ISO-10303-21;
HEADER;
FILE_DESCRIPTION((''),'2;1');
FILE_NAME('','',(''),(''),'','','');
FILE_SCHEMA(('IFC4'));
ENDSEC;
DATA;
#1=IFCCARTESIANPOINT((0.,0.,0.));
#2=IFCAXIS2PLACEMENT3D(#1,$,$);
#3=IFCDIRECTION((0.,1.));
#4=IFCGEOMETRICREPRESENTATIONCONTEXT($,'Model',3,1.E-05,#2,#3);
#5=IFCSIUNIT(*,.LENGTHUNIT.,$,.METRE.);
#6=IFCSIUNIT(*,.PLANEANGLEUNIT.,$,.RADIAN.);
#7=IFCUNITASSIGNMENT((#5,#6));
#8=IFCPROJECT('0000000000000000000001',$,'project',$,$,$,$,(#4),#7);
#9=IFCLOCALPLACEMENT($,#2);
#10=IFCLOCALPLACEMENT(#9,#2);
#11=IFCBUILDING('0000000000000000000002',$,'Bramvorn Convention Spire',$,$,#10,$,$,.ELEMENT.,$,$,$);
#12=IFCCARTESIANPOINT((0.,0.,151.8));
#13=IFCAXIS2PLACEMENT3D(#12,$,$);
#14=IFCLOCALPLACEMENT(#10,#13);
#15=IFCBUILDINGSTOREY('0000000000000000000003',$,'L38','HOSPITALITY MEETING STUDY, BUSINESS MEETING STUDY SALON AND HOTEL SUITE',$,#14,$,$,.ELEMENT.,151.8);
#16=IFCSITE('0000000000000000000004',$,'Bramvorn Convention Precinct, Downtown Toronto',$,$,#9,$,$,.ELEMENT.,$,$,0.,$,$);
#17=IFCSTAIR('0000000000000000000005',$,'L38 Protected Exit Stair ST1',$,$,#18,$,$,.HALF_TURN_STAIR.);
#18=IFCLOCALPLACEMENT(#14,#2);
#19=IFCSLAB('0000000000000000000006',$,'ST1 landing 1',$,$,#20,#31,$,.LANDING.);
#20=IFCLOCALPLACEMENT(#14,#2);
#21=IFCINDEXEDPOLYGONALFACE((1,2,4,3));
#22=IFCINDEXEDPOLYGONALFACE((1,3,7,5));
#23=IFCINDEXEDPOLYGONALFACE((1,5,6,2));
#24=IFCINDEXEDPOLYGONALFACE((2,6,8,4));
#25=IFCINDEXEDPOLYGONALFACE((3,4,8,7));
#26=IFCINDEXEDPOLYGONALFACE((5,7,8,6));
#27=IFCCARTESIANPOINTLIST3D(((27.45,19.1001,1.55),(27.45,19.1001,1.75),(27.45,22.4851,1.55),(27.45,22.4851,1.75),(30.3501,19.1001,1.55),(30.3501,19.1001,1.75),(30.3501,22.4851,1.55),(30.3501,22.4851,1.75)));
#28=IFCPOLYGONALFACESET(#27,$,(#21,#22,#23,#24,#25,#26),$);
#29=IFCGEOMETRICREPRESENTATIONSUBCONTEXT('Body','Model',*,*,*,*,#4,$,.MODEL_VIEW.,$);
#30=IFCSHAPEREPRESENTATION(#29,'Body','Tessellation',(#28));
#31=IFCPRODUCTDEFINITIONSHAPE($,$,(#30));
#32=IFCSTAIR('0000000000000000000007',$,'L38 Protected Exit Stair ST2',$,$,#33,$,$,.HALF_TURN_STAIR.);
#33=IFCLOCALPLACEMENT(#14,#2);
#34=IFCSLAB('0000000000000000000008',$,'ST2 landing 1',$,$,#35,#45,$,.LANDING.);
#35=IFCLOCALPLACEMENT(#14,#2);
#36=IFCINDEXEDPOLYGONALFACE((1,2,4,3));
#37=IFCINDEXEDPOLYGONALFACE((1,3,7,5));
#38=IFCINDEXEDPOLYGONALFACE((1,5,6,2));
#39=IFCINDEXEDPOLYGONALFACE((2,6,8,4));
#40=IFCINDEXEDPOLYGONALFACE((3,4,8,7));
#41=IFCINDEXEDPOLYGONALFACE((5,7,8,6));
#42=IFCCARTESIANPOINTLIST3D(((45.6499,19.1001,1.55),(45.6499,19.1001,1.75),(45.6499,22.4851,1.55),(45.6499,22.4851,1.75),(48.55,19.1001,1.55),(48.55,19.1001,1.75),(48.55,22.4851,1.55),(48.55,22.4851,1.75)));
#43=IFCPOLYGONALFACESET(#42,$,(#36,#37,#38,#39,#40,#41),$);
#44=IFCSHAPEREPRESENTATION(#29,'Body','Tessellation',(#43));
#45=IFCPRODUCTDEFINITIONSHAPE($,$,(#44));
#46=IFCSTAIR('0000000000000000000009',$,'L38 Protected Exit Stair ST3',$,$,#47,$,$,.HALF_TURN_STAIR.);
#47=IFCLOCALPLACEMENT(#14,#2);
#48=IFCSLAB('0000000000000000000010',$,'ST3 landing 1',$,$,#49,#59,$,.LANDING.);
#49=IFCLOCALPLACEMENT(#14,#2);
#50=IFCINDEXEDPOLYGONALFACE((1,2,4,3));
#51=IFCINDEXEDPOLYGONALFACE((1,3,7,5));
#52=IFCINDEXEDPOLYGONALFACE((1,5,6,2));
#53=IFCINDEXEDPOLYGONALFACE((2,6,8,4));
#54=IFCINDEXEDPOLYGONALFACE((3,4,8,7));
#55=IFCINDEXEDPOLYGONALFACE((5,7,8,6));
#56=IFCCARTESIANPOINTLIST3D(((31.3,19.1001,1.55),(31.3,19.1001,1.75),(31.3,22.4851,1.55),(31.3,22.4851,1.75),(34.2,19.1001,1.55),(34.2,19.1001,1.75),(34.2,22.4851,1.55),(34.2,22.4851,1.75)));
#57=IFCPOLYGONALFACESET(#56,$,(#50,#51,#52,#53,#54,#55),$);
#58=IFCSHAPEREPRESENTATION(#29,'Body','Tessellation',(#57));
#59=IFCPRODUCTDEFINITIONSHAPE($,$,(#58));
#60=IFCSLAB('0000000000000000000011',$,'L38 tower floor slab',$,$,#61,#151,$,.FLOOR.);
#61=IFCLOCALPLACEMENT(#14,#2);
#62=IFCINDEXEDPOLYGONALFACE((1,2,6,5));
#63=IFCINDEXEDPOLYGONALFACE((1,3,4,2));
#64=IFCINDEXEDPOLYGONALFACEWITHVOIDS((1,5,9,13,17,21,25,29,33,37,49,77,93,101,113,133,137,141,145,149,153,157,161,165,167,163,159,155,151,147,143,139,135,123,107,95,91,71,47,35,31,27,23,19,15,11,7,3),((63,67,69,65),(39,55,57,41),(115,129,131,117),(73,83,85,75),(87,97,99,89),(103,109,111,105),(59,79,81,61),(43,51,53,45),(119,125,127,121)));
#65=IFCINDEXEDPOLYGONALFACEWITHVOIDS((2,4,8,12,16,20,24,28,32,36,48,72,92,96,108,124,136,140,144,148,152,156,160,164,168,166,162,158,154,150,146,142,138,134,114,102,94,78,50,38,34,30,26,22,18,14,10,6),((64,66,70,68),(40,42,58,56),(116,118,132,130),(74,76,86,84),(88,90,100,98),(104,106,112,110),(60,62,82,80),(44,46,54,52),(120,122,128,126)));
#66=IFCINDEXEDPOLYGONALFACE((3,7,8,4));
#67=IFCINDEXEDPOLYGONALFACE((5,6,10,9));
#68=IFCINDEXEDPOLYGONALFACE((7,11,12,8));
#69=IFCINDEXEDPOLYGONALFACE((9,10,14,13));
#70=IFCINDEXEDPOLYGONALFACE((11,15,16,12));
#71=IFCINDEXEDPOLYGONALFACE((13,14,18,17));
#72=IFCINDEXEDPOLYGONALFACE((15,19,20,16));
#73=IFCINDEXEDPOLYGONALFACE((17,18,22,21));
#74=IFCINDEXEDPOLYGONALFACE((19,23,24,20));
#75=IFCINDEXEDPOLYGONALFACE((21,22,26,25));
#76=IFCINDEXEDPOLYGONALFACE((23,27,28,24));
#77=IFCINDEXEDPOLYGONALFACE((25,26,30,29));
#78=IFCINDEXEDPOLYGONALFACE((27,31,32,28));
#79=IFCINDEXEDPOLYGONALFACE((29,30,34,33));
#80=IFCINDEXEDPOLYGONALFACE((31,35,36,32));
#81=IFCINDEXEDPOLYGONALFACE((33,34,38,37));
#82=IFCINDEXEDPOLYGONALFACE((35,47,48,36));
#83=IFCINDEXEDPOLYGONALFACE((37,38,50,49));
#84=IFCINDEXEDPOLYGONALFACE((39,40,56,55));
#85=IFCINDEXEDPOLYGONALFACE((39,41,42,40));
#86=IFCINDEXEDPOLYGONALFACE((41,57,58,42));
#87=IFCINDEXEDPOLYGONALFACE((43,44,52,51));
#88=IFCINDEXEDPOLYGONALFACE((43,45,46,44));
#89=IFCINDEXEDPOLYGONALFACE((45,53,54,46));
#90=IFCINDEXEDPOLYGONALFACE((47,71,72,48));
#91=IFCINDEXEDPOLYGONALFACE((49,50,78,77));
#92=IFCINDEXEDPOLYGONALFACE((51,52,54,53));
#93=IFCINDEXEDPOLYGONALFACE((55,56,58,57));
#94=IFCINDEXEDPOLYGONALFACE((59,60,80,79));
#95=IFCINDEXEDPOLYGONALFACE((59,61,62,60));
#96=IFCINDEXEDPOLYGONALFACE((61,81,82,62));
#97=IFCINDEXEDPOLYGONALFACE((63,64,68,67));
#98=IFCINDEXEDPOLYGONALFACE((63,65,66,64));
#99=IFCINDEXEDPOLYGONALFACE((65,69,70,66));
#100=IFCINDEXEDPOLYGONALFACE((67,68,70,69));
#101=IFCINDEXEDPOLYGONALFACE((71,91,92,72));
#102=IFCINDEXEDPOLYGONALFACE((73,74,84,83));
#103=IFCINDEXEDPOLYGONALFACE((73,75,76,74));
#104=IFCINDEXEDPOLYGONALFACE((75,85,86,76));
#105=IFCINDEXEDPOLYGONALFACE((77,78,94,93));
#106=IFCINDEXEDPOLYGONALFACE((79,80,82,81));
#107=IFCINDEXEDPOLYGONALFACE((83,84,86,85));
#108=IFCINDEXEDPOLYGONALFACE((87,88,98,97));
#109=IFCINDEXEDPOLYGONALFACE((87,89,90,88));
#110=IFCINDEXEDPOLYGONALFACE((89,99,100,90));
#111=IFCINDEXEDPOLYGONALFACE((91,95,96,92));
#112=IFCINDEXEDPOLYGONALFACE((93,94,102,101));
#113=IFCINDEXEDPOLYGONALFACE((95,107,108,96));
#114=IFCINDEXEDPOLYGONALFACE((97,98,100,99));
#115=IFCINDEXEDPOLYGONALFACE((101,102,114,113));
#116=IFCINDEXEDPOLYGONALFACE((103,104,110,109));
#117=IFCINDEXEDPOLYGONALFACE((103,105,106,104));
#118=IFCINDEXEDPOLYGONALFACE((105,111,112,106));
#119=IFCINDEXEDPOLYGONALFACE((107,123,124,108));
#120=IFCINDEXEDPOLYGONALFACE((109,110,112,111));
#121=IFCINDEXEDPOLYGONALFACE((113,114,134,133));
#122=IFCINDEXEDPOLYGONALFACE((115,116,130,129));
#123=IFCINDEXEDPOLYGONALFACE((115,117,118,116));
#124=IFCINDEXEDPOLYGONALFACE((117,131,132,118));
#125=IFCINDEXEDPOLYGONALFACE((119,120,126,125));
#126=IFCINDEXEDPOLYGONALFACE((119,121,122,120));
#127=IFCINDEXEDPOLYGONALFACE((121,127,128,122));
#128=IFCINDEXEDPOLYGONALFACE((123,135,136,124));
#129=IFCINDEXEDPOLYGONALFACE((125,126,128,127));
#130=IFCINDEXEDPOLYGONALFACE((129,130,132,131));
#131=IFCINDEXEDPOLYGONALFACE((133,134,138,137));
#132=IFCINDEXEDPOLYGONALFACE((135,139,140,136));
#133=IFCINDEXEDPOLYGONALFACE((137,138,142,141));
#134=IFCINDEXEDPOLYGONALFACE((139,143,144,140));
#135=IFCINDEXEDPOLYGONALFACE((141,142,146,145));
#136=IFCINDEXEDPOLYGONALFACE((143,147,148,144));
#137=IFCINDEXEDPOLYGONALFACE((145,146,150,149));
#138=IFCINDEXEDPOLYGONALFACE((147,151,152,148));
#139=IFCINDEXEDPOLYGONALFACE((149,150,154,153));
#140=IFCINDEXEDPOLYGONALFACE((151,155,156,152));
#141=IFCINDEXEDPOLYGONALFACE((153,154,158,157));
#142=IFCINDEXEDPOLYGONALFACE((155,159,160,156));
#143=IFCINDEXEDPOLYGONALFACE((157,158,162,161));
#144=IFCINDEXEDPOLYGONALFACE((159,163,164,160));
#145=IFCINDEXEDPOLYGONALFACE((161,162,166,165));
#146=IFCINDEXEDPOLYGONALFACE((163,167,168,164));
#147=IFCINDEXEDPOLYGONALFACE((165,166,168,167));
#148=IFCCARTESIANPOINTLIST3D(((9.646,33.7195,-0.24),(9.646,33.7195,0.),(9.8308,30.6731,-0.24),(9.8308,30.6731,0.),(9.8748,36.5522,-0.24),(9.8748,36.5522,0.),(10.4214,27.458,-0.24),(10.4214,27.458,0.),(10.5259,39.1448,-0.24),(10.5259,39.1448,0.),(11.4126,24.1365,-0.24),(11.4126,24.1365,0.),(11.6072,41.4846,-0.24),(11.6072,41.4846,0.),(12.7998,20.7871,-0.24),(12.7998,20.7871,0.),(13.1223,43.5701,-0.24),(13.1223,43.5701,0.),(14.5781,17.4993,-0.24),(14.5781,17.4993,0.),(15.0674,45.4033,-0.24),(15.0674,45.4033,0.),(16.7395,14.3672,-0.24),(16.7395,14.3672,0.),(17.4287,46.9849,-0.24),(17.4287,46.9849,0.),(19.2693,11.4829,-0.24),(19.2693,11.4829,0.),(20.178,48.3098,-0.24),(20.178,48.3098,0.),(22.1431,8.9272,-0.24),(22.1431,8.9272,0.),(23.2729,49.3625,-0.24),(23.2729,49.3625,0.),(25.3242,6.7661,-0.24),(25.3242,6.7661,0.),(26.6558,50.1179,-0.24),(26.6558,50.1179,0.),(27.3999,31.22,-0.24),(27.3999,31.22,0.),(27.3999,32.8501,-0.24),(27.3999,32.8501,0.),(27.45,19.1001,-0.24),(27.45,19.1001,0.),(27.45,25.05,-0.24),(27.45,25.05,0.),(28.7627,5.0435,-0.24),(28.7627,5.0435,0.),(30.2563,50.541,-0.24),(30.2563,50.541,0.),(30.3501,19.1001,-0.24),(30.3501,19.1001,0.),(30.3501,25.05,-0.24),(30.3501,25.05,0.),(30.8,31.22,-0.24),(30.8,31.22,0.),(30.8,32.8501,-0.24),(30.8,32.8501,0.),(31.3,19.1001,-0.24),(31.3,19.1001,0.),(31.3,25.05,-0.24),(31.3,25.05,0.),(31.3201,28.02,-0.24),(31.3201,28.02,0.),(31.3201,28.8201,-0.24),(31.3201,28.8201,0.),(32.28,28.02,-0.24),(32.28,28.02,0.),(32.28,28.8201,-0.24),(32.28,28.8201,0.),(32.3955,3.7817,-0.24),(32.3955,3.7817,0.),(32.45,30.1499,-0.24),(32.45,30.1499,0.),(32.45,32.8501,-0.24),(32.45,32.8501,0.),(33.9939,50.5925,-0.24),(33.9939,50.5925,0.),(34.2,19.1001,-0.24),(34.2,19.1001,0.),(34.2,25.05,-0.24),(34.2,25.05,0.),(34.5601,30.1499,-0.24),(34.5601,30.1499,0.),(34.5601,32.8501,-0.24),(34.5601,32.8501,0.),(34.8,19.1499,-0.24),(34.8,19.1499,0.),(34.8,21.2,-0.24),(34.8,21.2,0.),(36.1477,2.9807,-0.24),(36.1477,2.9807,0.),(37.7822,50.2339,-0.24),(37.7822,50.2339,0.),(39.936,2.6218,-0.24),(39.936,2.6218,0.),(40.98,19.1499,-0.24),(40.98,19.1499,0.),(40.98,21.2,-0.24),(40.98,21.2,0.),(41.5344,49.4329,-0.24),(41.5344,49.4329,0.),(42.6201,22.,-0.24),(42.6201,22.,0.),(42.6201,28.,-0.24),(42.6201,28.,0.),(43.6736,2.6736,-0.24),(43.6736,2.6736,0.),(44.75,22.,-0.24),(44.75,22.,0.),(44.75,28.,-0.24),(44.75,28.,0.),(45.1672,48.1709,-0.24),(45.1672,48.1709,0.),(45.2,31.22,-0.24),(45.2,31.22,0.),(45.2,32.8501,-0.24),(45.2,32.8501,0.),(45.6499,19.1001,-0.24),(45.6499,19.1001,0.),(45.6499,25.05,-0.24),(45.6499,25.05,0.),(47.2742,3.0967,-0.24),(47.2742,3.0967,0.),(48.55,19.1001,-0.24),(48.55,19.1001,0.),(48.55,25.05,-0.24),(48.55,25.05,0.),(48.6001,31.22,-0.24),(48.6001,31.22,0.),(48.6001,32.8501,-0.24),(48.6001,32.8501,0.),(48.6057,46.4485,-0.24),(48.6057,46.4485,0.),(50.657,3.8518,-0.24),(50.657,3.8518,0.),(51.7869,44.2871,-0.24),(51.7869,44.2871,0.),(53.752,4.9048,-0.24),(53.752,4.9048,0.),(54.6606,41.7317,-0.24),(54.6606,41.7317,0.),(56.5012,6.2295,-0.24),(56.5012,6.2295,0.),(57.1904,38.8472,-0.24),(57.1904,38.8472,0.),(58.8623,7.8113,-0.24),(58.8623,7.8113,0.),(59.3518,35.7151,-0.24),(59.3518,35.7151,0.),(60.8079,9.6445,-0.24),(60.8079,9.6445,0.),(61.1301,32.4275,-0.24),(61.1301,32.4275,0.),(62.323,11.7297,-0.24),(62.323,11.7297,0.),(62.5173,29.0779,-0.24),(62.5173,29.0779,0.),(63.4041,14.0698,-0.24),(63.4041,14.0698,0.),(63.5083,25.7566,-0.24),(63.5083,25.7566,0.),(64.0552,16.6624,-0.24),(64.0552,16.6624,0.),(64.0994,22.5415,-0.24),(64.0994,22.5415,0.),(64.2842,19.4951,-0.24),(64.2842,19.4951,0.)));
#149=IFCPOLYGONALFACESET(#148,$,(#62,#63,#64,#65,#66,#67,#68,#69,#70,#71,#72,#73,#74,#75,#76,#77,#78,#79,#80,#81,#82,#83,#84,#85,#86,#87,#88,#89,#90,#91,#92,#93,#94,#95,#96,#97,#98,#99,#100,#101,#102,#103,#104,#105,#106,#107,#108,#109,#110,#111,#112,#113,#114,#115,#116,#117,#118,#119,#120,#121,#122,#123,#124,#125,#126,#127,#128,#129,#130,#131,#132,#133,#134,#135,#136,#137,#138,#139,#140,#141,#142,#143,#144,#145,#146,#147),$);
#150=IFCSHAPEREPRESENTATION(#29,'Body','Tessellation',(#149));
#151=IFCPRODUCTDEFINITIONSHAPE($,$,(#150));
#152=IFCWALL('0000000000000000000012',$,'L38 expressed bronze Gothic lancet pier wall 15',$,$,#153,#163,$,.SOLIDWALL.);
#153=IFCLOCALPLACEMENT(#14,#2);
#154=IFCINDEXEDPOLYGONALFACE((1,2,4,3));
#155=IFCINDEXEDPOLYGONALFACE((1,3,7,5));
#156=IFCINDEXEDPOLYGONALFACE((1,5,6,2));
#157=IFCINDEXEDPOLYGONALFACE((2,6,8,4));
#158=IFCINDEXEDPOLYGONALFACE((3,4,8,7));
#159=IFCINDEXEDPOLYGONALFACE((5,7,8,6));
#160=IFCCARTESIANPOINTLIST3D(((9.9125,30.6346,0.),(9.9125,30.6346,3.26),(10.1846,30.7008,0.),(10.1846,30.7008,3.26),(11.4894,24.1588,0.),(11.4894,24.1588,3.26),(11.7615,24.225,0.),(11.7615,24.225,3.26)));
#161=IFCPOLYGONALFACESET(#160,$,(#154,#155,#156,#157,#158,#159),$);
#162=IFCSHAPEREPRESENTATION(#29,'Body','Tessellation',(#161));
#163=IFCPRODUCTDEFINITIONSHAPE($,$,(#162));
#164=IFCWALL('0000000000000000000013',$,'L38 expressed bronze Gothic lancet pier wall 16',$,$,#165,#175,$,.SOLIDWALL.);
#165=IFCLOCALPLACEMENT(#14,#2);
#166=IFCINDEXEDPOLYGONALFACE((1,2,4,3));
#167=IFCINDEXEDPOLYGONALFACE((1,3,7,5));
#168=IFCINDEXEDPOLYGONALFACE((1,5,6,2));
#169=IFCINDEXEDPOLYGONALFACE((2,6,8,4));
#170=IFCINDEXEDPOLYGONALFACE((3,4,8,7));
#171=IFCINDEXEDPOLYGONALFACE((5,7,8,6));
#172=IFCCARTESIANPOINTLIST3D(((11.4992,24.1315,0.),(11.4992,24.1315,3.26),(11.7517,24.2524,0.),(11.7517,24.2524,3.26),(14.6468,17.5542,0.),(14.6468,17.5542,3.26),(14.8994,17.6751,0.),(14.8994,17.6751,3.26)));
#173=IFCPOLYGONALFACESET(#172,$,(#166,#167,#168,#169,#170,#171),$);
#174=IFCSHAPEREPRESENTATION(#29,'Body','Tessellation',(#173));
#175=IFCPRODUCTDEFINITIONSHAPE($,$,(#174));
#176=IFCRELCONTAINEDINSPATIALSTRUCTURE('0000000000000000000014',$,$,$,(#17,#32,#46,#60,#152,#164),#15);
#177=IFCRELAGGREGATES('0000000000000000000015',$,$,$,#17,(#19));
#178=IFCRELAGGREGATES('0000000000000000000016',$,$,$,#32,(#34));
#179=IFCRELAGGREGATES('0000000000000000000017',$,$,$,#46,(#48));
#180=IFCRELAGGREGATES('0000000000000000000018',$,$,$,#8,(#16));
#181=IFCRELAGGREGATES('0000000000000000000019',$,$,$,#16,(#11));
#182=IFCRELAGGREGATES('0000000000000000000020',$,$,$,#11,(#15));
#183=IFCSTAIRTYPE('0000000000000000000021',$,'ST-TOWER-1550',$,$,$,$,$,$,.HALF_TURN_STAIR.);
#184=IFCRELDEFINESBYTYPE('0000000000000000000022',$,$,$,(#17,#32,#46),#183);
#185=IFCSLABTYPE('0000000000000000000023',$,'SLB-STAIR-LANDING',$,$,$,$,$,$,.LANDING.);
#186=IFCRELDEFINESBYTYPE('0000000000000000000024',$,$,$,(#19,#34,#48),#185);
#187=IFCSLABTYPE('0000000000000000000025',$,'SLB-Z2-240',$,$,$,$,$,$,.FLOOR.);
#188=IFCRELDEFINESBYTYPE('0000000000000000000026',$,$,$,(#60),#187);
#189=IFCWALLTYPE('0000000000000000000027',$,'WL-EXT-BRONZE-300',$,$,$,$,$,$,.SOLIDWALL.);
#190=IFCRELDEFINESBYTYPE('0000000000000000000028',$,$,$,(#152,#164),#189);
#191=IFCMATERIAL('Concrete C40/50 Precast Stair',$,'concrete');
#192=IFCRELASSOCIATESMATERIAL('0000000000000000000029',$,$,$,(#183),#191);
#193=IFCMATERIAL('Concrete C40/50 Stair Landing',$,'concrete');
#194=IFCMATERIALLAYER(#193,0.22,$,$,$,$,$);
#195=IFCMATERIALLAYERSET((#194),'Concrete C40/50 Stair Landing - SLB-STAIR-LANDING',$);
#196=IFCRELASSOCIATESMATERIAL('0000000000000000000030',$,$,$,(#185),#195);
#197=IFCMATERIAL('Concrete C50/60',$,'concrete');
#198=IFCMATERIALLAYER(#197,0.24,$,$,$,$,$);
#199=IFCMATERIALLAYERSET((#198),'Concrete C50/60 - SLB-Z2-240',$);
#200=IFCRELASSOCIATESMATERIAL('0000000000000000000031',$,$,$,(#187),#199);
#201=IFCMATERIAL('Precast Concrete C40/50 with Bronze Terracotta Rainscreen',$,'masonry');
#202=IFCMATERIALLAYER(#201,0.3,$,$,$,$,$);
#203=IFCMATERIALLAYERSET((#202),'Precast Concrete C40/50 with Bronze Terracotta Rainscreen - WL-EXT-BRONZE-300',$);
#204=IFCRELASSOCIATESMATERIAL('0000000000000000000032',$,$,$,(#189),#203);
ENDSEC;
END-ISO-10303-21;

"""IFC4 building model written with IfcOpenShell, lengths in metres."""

from ifc_helpers import new_model, si_unit, direction, frame, frame_2d, origin, place, context, subcontext, project, spatial, polyline, rectangle, outline, extrude, material, layer, layer_set, type_object, element, aggregate, save


model = new_model("IFC4")

# Units and contexts
model_context = context("Model", 3, precision=1e-05, world=origin(), true_north=direction((0.0, 1.0)))
body_context = subcontext(model_context, "Body", "Model", "MODEL_VIEW")
ifc_project = project(units=[si_unit("LENGTHUNIT", "METRE"), si_unit("PLANEANGLEUNIT", "RADIAN")], contexts=[model_context])

# Site, building, storey
site_placement = place(None, origin())
site = spatial("IfcSite", under=ifc_project, at=site_placement, Name="Bramvorn Convention Precinct, Downtown Toronto", CompositionType="ELEMENT", RefElevation=0.0)
building_placement = place(site_placement, origin())
building = spatial("IfcBuilding", under=site, at=building_placement, Name="Bramvorn Convention Spire", CompositionType="ELEMENT")
storey_placement = place(building_placement, frame((0.0, 0.0, 151.8)))
storey = spatial("IfcBuildingStorey", under=building, at=storey_placement, Name="L38", Description="HOSPITALITY MEETING STUDY, BUSINESS MEETING STUDY SALON AND HOTEL SUITE", CompositionType="ELEMENT", Elevation=151.8)

# Stairs, slabs
ifc_material_1 = material(Name="Concrete C40/50 Precast Stair", Category="concrete")
stair_type = type_object("IfcStairType", Name="ST-TOWER-1550", PredefinedType="HALF_TURN_STAIR", material=ifc_material_1)
stair_1_placement = place(storey_placement, origin())
stair_1 = element("IfcStair", 1, at=stair_1_placement, inside=storey, type_object=stair_type, Name="L38 Protected Exit Stair ST1", PredefinedType="HALF_TURN_STAIR")
ifc_material_2 = material(Name="Concrete C40/50 Stair Landing", Category="concrete")
ifc_layer_1 = layer(ifc_material_2, 0.22)
ifc_layer_set_1 = layer_set([ifc_layer_1], Name="Concrete C40/50 Stair Landing - SLB-STAIR-LANDING")
slab_type_1 = type_object("IfcSlabType", Name="SLB-STAIR-LANDING", PredefinedType="LANDING", material=ifc_layer_set_1)
slab_1_placement = place(storey_placement, frame((0.0, 0.0, 1.55)))
slab_1 = element("IfcSlab", 2, at=slab_1_placement, type_object=slab_type_1, Name="ST1 landing 1", PredefinedType="LANDING", context=body_context, shape_type="SweptSolid", body=[
    extrude(outline(polyline([(27.45, 22.4851), (27.45, 19.1001), (30.3501, 19.1001), (30.3501, 22.4851), (27.45, 22.4851)])), origin(), (0.0, 0.0, 1.0), 0.2),
])
aggregate(stair_1, [slab_1])
stair_2_placement = place(storey_placement, origin())
stair_2 = element("IfcStair", 3, at=stair_2_placement, inside=storey, type_object=stair_type, Name="L38 Protected Exit Stair ST2", PredefinedType="HALF_TURN_STAIR")
slab_2_placement = place(storey_placement, frame((0.0, 0.0, 1.55)))
slab_2 = element("IfcSlab", 4, at=slab_2_placement, type_object=slab_type_1, Name="ST2 landing 1", PredefinedType="LANDING", context=body_context, shape_type="SweptSolid", body=[
    extrude(outline(polyline([(45.6499, 22.4851), (45.6499, 19.1001), (48.55, 19.1001), (48.55, 22.4851), (45.6499, 22.4851)])), origin(), (0.0, 0.0, 1.0), 0.2),
])
aggregate(stair_2, [slab_2])
stair_3_placement = place(storey_placement, origin())
stair_3 = element("IfcStair", 5, at=stair_3_placement, inside=storey, type_object=stair_type, Name="L38 Protected Exit Stair ST3", PredefinedType="HALF_TURN_STAIR")
slab_3_placement = place(storey_placement, frame((0.0, 0.0, 1.55)))
slab_3 = element("IfcSlab", 6, at=slab_3_placement, type_object=slab_type_1, Name="ST3 landing 1", PredefinedType="LANDING", context=body_context, shape_type="SweptSolid", body=[
    extrude(outline(polyline([(31.3, 22.4851), (31.3, 19.1001), (34.2, 19.1001), (34.2, 22.4851), (31.3, 22.4851)])), origin(), (0.0, 0.0, 1.0), 0.2),
])
aggregate(stair_3, [slab_3])

# Slab
ifc_material_3 = material(Name="Concrete C50/60", Category="concrete")
ifc_layer_2 = layer(ifc_material_3, 0.24)
ifc_layer_set_2 = layer_set([ifc_layer_2], Name="Concrete C50/60 - SLB-Z2-240")
slab_type_2 = type_object("IfcSlabType", Name="SLB-Z2-240", PredefinedType="FLOOR", material=ifc_layer_set_2)
slab_4_placement = place(storey_placement, frame((0.0, 0.0, -0.24)))
element("IfcSlab", 7, at=slab_4_placement, inside=storey, type_object=slab_type_2, Name="L38 tower floor slab", PredefinedType="FLOOR", context=body_context, shape_type="SweptSolid", body=[
    extrude(outline(polyline([(62.323, 11.7297), (63.4041, 14.0698), (64.0552, 16.6624), (64.2842, 19.4951), (64.0994, 22.5415), (63.5083, 25.7566), (62.5173, 29.0779), (61.1301, 32.4275), (59.3518, 35.7151), (57.1904, 38.8472), (54.6606, 41.7317), (51.7869, 44.2871), (48.6057, 46.4485), (45.1672, 48.1709), (41.5344, 49.4329), (37.7822, 50.2339), (33.9939, 50.5925), (30.2563, 50.541), (26.6558, 50.1179), (23.2729, 49.3625), (20.178, 48.3098), (17.4287, 46.9849), (15.0674, 45.4033), (13.1223, 43.5701), (11.6072, 41.4846), (10.5259, 39.1448), (9.8748, 36.5522), (9.646, 33.7195), (9.8308, 30.6731), (10.4214, 27.458), (11.4126, 24.1365), (12.7998, 20.7871), (14.5781, 17.4993), (16.7395, 14.3672), (19.2693, 11.4829), (22.1431, 8.9272), (25.3242, 6.7661), (28.7627, 5.0435), (32.3955, 3.7817), (36.1477, 2.9807), (39.936, 2.6218), (43.6736, 2.6736), (47.2742, 3.0967), (50.657, 3.8518), (53.752, 4.9048), (56.5012, 6.2295), (58.8623, 7.8113), (60.8079, 9.6445), (62.323, 11.7297)]), holes=[polyline([(27.45, 25.05), (27.45, 19.1001), (30.3501, 19.1001), (30.3501, 25.05), (27.45, 25.05)]), polyline([(45.6499, 25.05), (45.6499, 19.1001), (48.55, 19.1001), (48.55, 25.05), (45.6499, 25.05)]), polyline([(31.3, 25.05), (31.3, 19.1001), (34.2, 19.1001), (34.2, 25.05), (31.3, 25.05)]), polyline([(27.3999, 31.22), (30.8, 31.22), (30.8, 32.8501), (27.3999, 32.8501), (27.3999, 31.22)]), polyline([(45.2, 31.22), (48.6001, 31.22), (48.6001, 32.8501), (45.2, 32.8501), (45.2, 31.22)]), polyline([(32.45, 30.1499), (34.5601, 30.1499), (34.5601, 32.8501), (32.45, 32.8501), (32.45, 30.1499)]), polyline([(34.8, 19.1499), (40.98, 19.1499), (40.98, 21.2), (34.8, 21.2), (34.8, 19.1499)]), polyline([(42.6201, 22.0), (44.75, 22.0), (44.75, 28.0), (42.6201, 28.0), (42.6201, 22.0)]), polyline([(31.3201, 28.02), (32.28, 28.02), (32.28, 28.8201), (31.3201, 28.8201), (31.3201, 28.02)])]), origin(), (0.0, 0.0, 1.0), 0.24),
])

# Walls
ifc_material_4 = material(Name="Precast Concrete C40/50 with Bronze Terracotta Rainscreen", Category="masonry")
ifc_layer_3 = layer(ifc_material_4, 0.3)
ifc_layer_set_3 = layer_set([ifc_layer_3], Name="Precast Concrete C40/50 with Bronze Terracotta Rainscreen - WL-EXT-BRONZE-300")
wall_type_1 = type_object("IfcWallType", Name="WL-EXT-BRONZE-300", PredefinedType="SOLIDWALL", material=ifc_layer_set_3)
wall_1_placement = place(storey_placement, frame((11.6255, 24.1919, 0.0), z_axis=(0.0, 0.0, 1.0), x_axis=(-0.236593, 0.971609, 0.0)))
element("IfcWall", 8, at=wall_1_placement, inside=storey, type_object=wall_type_1, Name="L38 expressed bronze Gothic lancet pier wall 15", PredefinedType="SOLIDWALL", context=body_context, shape_type="SweptSolid", body=[
    extrude(rectangle(XDim=6.665, YDim=0.28, at=frame_2d((3.3325, 0.0))), origin(), (0.0, 0.0, 1.0), 3.26),
])
wall_2_placement = place(storey_placement, frame((14.7732, 17.6145, 0.0), z_axis=(0.0, 0.0, 1.0), x_axis=(-0.431678, 0.902028, 0.0)))
element("IfcWall", 9, at=wall_2_placement, inside=storey, type_object=wall_type_1, Name="L38 expressed bronze Gothic lancet pier wall 16", PredefinedType="SOLIDWALL", context=body_context, shape_type="SweptSolid", body=[
    extrude(rectangle(XDim=7.2917, YDim=0.28, at=frame_2d((3.646, 0.0))), origin(), (0.0, 0.0, 1.0), 3.26),
])

save(model, "model.ifc")
